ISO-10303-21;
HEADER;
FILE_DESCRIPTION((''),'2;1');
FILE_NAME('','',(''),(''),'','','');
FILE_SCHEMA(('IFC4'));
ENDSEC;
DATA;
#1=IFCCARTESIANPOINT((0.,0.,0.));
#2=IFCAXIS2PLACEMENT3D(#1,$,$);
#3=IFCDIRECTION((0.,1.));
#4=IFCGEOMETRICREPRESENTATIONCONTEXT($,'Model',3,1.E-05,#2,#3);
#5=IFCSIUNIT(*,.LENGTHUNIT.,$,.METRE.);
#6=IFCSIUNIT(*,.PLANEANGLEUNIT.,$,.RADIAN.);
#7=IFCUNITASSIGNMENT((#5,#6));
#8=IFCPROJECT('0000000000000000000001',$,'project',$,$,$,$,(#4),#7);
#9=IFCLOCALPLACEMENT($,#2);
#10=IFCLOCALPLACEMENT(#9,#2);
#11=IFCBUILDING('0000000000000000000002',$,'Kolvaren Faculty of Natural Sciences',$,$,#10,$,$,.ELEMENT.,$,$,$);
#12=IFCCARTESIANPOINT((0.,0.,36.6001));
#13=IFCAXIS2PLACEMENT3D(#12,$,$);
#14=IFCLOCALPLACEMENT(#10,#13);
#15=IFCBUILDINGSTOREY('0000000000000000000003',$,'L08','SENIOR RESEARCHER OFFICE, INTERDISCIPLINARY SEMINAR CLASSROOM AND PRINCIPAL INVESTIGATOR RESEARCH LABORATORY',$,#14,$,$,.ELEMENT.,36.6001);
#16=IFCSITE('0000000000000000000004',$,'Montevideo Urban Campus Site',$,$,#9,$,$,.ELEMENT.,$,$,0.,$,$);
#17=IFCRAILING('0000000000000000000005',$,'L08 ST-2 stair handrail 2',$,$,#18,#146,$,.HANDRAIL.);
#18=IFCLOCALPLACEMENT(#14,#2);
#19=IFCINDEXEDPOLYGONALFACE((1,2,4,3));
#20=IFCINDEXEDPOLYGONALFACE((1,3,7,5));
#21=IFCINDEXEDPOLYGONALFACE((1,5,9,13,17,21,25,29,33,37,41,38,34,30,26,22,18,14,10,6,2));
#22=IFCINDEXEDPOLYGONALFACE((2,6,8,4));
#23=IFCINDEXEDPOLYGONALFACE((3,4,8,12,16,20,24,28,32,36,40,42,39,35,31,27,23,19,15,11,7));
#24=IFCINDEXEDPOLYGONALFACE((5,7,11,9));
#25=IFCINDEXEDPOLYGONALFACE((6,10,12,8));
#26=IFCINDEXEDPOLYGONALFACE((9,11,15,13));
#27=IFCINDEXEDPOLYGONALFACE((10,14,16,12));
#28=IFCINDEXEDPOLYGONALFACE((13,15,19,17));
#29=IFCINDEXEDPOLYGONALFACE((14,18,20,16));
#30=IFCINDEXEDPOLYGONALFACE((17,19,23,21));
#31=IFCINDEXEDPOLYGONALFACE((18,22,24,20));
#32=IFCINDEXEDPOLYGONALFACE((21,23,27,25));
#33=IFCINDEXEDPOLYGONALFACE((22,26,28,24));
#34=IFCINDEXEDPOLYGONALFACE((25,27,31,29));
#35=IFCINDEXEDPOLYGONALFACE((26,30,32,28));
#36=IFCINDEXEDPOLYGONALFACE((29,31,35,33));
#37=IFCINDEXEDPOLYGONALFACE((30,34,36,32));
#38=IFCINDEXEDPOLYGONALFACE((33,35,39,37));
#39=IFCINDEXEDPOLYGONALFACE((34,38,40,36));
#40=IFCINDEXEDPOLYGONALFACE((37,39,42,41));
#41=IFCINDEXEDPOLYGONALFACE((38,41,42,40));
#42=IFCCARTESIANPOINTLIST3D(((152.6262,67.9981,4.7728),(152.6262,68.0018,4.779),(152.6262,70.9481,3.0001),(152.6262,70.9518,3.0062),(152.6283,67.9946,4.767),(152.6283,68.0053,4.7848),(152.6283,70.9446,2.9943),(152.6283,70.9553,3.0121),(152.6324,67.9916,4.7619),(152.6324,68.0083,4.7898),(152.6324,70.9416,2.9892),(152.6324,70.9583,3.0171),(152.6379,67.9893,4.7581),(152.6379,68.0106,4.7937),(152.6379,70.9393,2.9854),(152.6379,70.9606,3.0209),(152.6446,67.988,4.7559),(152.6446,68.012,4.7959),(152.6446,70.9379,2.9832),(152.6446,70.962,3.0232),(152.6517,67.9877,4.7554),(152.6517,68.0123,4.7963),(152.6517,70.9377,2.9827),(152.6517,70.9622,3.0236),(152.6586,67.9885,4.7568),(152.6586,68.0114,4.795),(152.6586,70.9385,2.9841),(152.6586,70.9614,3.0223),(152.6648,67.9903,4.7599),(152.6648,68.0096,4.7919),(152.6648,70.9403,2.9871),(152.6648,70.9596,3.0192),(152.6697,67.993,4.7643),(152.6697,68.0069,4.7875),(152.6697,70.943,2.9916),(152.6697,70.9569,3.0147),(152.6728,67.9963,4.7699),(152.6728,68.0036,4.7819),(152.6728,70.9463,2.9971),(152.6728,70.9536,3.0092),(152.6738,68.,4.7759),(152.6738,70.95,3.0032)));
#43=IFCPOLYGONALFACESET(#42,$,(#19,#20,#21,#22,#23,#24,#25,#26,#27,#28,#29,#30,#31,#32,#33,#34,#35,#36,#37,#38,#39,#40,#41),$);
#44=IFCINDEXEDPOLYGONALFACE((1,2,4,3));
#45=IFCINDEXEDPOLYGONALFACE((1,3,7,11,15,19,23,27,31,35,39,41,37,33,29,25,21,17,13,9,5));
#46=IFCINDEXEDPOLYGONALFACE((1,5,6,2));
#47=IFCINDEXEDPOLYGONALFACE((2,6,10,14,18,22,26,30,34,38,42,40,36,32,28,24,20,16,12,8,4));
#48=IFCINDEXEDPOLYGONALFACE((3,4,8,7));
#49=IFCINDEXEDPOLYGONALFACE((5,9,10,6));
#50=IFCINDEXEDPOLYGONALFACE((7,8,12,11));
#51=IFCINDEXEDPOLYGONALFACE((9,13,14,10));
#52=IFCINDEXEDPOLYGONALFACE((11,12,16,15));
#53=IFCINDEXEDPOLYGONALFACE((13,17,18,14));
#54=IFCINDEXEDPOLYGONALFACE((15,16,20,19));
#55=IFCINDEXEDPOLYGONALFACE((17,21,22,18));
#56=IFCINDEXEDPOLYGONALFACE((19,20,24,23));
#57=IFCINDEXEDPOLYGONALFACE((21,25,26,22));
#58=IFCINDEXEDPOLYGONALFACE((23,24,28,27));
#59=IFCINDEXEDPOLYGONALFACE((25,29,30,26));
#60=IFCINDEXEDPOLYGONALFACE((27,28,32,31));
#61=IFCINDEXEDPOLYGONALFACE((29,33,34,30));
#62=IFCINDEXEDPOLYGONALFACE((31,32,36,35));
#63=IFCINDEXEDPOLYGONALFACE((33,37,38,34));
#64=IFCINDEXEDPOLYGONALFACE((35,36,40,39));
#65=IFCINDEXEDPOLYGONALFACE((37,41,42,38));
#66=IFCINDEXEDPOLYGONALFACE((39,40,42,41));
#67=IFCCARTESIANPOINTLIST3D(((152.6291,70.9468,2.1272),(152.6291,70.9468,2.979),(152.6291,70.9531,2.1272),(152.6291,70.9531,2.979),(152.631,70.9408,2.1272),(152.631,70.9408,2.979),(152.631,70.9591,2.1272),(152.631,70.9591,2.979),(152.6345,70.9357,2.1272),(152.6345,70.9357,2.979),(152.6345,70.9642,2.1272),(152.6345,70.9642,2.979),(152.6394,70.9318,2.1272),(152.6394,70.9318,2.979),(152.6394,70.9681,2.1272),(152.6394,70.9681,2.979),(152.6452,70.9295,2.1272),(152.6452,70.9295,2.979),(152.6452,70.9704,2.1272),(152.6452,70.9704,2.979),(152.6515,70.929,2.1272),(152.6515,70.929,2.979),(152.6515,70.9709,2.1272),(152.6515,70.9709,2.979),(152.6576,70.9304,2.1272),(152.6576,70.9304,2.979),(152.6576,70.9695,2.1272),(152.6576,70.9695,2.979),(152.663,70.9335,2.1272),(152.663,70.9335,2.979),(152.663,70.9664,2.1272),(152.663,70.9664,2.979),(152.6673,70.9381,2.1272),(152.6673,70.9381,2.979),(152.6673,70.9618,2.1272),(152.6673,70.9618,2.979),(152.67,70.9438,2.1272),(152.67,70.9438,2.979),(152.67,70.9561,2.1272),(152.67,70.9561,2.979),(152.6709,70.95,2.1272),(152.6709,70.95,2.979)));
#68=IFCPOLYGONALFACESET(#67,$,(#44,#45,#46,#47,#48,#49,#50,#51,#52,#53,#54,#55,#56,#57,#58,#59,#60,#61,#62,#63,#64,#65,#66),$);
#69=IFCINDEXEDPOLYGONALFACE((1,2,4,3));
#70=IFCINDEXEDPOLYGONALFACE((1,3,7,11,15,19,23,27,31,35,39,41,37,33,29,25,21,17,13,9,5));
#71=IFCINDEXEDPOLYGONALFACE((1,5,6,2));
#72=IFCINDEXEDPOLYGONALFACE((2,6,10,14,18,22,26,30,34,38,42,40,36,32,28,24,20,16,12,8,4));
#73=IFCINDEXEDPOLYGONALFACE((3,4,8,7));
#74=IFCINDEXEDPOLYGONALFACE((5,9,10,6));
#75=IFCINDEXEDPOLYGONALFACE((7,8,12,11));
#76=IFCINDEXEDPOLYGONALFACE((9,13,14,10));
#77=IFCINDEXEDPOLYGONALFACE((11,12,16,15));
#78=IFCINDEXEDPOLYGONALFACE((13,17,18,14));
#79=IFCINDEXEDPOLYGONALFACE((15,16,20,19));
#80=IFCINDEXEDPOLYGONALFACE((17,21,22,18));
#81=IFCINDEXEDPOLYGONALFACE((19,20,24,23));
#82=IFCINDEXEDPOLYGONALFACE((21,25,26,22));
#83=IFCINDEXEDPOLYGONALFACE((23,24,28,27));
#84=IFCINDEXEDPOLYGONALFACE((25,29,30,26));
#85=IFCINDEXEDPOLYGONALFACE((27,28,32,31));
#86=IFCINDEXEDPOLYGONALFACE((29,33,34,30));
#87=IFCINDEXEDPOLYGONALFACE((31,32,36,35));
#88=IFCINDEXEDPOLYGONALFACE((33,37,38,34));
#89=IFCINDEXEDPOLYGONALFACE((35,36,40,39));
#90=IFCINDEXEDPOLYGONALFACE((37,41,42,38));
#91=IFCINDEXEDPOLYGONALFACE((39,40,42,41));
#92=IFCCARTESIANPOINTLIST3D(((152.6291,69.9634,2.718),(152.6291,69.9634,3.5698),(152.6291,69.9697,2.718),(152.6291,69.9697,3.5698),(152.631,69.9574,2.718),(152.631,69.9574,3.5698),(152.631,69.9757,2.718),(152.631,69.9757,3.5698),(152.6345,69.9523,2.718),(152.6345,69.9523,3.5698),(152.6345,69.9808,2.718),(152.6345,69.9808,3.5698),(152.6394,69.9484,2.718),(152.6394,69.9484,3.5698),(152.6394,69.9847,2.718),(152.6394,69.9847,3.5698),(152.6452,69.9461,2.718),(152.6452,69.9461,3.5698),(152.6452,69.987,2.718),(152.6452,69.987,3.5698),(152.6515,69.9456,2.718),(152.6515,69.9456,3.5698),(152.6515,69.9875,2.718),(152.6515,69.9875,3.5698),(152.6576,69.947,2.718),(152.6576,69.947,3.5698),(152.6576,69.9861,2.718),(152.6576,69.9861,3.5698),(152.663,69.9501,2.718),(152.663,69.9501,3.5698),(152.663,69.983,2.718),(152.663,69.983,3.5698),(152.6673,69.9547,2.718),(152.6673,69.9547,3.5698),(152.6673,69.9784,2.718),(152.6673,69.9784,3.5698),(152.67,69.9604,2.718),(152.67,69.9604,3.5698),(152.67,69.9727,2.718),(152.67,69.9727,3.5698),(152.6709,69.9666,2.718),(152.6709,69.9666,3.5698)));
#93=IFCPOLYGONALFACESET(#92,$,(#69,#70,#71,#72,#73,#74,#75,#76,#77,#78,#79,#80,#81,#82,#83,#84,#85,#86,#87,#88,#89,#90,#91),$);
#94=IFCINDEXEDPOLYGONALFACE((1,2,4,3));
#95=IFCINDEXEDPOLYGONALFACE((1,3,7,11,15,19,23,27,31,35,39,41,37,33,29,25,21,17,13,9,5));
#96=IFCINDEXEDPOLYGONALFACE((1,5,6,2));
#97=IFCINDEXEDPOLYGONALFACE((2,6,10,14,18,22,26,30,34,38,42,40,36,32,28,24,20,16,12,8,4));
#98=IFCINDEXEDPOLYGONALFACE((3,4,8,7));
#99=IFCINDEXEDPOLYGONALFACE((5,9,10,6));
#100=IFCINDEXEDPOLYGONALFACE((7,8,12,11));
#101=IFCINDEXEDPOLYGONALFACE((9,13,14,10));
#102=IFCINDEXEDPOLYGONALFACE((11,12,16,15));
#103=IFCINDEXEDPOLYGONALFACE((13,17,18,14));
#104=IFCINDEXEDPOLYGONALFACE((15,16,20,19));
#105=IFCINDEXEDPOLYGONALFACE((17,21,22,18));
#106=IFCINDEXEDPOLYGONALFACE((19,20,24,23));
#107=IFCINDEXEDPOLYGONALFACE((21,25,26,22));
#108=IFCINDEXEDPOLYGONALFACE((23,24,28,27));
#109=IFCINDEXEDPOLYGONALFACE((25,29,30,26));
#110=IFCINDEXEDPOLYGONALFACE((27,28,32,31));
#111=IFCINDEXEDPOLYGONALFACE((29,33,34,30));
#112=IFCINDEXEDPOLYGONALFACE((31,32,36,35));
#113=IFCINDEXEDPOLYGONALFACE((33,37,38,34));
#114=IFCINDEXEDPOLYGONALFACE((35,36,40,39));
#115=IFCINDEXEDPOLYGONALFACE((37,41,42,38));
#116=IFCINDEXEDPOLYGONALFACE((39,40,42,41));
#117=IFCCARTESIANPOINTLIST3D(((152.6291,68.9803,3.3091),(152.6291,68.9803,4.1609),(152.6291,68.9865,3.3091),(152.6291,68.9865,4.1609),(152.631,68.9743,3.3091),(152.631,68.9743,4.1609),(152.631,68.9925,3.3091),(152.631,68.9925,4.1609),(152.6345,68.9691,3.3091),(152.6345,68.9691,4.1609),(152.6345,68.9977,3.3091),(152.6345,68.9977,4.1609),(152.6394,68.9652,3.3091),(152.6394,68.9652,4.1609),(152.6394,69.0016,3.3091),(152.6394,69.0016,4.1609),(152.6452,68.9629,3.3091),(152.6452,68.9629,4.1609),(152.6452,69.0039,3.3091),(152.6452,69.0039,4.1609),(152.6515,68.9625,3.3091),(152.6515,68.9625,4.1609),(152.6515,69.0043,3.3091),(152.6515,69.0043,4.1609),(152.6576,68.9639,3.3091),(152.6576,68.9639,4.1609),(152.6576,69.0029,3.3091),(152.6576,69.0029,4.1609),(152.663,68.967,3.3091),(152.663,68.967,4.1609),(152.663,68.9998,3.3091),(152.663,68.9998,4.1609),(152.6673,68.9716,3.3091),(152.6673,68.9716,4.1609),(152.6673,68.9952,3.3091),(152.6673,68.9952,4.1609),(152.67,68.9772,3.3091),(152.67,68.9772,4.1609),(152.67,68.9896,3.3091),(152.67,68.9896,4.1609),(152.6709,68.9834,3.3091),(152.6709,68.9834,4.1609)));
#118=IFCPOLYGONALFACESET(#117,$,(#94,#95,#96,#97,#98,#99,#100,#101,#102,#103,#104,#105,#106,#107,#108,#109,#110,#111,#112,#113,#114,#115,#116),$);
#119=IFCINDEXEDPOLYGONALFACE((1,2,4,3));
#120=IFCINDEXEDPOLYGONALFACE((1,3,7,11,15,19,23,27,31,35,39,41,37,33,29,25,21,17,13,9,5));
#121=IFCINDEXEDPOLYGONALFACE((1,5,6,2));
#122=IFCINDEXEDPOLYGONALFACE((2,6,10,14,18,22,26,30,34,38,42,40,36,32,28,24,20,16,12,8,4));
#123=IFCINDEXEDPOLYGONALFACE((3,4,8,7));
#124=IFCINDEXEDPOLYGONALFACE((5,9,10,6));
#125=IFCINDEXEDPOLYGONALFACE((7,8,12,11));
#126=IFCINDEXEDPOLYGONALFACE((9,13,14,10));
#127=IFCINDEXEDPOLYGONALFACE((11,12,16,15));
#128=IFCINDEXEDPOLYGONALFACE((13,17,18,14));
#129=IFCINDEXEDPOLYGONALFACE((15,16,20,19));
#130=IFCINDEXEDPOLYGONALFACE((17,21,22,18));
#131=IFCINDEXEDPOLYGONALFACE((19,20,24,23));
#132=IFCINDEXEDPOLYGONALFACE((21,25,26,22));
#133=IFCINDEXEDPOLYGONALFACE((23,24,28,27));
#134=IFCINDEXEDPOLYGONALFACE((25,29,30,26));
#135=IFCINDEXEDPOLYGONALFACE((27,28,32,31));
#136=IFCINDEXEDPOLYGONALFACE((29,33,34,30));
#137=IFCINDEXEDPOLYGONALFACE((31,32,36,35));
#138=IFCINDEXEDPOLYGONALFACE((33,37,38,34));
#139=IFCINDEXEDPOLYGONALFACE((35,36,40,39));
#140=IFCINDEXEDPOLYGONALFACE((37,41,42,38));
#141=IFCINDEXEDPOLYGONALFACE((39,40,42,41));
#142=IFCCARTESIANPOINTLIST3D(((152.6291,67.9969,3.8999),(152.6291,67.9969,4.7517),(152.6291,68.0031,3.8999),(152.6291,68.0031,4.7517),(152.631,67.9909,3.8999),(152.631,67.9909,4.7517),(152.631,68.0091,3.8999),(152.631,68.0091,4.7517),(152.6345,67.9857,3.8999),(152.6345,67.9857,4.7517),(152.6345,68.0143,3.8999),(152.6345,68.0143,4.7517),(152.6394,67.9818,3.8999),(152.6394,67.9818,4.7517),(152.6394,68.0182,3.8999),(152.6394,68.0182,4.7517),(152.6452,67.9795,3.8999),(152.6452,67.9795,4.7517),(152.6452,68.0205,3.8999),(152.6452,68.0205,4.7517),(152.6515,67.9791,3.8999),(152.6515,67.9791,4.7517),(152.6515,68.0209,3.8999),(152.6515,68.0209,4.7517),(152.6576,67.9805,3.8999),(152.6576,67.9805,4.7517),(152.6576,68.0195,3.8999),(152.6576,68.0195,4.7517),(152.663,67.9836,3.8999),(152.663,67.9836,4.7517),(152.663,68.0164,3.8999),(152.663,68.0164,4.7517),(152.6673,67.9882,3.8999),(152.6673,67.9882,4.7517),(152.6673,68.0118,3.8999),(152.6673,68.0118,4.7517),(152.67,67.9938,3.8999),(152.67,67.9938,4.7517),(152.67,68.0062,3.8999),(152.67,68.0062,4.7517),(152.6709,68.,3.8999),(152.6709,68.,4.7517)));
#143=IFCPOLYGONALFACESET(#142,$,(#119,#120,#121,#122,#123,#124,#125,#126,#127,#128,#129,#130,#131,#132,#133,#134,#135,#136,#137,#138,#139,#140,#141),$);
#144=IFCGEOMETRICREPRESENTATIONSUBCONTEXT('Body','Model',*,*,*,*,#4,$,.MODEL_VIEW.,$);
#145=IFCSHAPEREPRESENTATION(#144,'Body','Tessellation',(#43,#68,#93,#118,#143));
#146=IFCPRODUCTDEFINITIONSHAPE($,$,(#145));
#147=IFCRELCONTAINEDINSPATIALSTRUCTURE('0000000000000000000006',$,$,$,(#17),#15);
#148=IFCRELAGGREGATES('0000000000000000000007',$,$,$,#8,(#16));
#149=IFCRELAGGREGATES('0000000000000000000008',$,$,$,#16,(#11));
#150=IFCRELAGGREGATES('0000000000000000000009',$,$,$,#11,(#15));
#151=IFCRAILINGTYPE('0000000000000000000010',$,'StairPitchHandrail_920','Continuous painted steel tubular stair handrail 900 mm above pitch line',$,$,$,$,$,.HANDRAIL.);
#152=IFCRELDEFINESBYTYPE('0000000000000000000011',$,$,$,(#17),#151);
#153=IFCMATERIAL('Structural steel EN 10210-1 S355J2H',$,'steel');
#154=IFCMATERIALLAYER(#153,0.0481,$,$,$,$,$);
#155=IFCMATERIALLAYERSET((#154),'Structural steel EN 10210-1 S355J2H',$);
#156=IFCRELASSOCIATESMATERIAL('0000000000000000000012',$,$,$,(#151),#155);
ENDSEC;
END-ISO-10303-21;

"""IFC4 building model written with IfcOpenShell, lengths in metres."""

from ifc_helpers import new_model, si_unit, direction, frame, origin, origin_2d, place, context, subcontext, project, spatial, circle, extrude, material, layer, layer_set, type_object, element, save


model = new_model("IFC4")

# Units and contexts
model_context = context("Model", 3, precision=1e-05, world=origin(), true_north=direction((0.0, 1.0)))
body_context = subcontext(model_context, "Body", "Model", "MODEL_VIEW")
ifc_project = project(units=[si_unit("LENGTHUNIT", "METRE"), si_unit("PLANEANGLEUNIT", "RADIAN")], contexts=[model_context])

# Site, building, storey
site_placement = place(None, origin())
site = spatial("IfcSite", under=ifc_project, at=site_placement, Name="Montevideo Urban Campus Site", CompositionType="ELEMENT", RefElevation=0.0)
building_placement = place(site_placement, origin())
building = spatial("IfcBuilding", under=site, at=building_placement, Name="Kolvaren Faculty of Natural Sciences", CompositionType="ELEMENT")
storey_placement = place(building_placement, frame((0.0, 0.0, 36.6001)))
storey = spatial("IfcBuildingStorey", under=building, at=storey_placement, Name="L08", Description="SENIOR RESEARCHER OFFICE, INTERDISCIPLINARY SEMINAR CLASSROOM AND PRINCIPAL INVESTIGATOR RESEARCH LABORATORY", CompositionType="ELEMENT", Elevation=36.6001)

# Railing
ifc_material_1 = material(Name="Structural steel EN 10210-1 S355J2H", Category="steel")
ifc_layer_1 = layer(ifc_material_1, 0.0481)
ifc_layer_set_1 = layer_set([ifc_layer_1], Name="Structural steel EN 10210-1 S355J2H")
railing_type_1 = type_object("IfcRailingType", Name="StairPitchHandrail_920", Description="Continuous painted steel tubular stair handrail 900 mm above pitch line", PredefinedType="HANDRAIL", material=ifc_layer_set_1)
railing_1_placement = place(storey_placement, frame((152.6499, 70.95, 2.1272)))
element("IfcRailing", 1, at=railing_1_placement, inside=storey, type_object=railing_type_1, Name="L08 ST-2 stair handrail 2", PredefinedType="HANDRAIL", context=body_context, shape_type="SweptSolid", body=[
    extrude(circle(Radius=0.0239, at=origin_2d()), frame((0.0, 0.0, 0.876), z_axis=(0.0, -0.857142, 0.51508), x_axis=(1.0, 0.0, 0.0)), (0.0, 0.0, 1.0), 3.4417),
    extrude(circle(Radius=0.021, at=origin_2d()), origin(), (0.0, 0.0, 1.0), 0.8518),
    extrude(circle(Radius=0.021, at=origin_2d()), frame((0.0, -0.9834, 0.5908)), (0.0, 0.0, 1.0), 0.8518),
    extrude(circle(Radius=0.021, at=origin_2d()), frame((0.0, -1.9666, 1.1819)), (0.0, 0.0, 1.0), 0.8518),
    extrude(circle(Radius=0.021, at=origin_2d()), frame((0.0, -2.95, 1.7727)), (0.0, 0.0, 1.0), 0.8518),
])

save(model, "model.ifc")
